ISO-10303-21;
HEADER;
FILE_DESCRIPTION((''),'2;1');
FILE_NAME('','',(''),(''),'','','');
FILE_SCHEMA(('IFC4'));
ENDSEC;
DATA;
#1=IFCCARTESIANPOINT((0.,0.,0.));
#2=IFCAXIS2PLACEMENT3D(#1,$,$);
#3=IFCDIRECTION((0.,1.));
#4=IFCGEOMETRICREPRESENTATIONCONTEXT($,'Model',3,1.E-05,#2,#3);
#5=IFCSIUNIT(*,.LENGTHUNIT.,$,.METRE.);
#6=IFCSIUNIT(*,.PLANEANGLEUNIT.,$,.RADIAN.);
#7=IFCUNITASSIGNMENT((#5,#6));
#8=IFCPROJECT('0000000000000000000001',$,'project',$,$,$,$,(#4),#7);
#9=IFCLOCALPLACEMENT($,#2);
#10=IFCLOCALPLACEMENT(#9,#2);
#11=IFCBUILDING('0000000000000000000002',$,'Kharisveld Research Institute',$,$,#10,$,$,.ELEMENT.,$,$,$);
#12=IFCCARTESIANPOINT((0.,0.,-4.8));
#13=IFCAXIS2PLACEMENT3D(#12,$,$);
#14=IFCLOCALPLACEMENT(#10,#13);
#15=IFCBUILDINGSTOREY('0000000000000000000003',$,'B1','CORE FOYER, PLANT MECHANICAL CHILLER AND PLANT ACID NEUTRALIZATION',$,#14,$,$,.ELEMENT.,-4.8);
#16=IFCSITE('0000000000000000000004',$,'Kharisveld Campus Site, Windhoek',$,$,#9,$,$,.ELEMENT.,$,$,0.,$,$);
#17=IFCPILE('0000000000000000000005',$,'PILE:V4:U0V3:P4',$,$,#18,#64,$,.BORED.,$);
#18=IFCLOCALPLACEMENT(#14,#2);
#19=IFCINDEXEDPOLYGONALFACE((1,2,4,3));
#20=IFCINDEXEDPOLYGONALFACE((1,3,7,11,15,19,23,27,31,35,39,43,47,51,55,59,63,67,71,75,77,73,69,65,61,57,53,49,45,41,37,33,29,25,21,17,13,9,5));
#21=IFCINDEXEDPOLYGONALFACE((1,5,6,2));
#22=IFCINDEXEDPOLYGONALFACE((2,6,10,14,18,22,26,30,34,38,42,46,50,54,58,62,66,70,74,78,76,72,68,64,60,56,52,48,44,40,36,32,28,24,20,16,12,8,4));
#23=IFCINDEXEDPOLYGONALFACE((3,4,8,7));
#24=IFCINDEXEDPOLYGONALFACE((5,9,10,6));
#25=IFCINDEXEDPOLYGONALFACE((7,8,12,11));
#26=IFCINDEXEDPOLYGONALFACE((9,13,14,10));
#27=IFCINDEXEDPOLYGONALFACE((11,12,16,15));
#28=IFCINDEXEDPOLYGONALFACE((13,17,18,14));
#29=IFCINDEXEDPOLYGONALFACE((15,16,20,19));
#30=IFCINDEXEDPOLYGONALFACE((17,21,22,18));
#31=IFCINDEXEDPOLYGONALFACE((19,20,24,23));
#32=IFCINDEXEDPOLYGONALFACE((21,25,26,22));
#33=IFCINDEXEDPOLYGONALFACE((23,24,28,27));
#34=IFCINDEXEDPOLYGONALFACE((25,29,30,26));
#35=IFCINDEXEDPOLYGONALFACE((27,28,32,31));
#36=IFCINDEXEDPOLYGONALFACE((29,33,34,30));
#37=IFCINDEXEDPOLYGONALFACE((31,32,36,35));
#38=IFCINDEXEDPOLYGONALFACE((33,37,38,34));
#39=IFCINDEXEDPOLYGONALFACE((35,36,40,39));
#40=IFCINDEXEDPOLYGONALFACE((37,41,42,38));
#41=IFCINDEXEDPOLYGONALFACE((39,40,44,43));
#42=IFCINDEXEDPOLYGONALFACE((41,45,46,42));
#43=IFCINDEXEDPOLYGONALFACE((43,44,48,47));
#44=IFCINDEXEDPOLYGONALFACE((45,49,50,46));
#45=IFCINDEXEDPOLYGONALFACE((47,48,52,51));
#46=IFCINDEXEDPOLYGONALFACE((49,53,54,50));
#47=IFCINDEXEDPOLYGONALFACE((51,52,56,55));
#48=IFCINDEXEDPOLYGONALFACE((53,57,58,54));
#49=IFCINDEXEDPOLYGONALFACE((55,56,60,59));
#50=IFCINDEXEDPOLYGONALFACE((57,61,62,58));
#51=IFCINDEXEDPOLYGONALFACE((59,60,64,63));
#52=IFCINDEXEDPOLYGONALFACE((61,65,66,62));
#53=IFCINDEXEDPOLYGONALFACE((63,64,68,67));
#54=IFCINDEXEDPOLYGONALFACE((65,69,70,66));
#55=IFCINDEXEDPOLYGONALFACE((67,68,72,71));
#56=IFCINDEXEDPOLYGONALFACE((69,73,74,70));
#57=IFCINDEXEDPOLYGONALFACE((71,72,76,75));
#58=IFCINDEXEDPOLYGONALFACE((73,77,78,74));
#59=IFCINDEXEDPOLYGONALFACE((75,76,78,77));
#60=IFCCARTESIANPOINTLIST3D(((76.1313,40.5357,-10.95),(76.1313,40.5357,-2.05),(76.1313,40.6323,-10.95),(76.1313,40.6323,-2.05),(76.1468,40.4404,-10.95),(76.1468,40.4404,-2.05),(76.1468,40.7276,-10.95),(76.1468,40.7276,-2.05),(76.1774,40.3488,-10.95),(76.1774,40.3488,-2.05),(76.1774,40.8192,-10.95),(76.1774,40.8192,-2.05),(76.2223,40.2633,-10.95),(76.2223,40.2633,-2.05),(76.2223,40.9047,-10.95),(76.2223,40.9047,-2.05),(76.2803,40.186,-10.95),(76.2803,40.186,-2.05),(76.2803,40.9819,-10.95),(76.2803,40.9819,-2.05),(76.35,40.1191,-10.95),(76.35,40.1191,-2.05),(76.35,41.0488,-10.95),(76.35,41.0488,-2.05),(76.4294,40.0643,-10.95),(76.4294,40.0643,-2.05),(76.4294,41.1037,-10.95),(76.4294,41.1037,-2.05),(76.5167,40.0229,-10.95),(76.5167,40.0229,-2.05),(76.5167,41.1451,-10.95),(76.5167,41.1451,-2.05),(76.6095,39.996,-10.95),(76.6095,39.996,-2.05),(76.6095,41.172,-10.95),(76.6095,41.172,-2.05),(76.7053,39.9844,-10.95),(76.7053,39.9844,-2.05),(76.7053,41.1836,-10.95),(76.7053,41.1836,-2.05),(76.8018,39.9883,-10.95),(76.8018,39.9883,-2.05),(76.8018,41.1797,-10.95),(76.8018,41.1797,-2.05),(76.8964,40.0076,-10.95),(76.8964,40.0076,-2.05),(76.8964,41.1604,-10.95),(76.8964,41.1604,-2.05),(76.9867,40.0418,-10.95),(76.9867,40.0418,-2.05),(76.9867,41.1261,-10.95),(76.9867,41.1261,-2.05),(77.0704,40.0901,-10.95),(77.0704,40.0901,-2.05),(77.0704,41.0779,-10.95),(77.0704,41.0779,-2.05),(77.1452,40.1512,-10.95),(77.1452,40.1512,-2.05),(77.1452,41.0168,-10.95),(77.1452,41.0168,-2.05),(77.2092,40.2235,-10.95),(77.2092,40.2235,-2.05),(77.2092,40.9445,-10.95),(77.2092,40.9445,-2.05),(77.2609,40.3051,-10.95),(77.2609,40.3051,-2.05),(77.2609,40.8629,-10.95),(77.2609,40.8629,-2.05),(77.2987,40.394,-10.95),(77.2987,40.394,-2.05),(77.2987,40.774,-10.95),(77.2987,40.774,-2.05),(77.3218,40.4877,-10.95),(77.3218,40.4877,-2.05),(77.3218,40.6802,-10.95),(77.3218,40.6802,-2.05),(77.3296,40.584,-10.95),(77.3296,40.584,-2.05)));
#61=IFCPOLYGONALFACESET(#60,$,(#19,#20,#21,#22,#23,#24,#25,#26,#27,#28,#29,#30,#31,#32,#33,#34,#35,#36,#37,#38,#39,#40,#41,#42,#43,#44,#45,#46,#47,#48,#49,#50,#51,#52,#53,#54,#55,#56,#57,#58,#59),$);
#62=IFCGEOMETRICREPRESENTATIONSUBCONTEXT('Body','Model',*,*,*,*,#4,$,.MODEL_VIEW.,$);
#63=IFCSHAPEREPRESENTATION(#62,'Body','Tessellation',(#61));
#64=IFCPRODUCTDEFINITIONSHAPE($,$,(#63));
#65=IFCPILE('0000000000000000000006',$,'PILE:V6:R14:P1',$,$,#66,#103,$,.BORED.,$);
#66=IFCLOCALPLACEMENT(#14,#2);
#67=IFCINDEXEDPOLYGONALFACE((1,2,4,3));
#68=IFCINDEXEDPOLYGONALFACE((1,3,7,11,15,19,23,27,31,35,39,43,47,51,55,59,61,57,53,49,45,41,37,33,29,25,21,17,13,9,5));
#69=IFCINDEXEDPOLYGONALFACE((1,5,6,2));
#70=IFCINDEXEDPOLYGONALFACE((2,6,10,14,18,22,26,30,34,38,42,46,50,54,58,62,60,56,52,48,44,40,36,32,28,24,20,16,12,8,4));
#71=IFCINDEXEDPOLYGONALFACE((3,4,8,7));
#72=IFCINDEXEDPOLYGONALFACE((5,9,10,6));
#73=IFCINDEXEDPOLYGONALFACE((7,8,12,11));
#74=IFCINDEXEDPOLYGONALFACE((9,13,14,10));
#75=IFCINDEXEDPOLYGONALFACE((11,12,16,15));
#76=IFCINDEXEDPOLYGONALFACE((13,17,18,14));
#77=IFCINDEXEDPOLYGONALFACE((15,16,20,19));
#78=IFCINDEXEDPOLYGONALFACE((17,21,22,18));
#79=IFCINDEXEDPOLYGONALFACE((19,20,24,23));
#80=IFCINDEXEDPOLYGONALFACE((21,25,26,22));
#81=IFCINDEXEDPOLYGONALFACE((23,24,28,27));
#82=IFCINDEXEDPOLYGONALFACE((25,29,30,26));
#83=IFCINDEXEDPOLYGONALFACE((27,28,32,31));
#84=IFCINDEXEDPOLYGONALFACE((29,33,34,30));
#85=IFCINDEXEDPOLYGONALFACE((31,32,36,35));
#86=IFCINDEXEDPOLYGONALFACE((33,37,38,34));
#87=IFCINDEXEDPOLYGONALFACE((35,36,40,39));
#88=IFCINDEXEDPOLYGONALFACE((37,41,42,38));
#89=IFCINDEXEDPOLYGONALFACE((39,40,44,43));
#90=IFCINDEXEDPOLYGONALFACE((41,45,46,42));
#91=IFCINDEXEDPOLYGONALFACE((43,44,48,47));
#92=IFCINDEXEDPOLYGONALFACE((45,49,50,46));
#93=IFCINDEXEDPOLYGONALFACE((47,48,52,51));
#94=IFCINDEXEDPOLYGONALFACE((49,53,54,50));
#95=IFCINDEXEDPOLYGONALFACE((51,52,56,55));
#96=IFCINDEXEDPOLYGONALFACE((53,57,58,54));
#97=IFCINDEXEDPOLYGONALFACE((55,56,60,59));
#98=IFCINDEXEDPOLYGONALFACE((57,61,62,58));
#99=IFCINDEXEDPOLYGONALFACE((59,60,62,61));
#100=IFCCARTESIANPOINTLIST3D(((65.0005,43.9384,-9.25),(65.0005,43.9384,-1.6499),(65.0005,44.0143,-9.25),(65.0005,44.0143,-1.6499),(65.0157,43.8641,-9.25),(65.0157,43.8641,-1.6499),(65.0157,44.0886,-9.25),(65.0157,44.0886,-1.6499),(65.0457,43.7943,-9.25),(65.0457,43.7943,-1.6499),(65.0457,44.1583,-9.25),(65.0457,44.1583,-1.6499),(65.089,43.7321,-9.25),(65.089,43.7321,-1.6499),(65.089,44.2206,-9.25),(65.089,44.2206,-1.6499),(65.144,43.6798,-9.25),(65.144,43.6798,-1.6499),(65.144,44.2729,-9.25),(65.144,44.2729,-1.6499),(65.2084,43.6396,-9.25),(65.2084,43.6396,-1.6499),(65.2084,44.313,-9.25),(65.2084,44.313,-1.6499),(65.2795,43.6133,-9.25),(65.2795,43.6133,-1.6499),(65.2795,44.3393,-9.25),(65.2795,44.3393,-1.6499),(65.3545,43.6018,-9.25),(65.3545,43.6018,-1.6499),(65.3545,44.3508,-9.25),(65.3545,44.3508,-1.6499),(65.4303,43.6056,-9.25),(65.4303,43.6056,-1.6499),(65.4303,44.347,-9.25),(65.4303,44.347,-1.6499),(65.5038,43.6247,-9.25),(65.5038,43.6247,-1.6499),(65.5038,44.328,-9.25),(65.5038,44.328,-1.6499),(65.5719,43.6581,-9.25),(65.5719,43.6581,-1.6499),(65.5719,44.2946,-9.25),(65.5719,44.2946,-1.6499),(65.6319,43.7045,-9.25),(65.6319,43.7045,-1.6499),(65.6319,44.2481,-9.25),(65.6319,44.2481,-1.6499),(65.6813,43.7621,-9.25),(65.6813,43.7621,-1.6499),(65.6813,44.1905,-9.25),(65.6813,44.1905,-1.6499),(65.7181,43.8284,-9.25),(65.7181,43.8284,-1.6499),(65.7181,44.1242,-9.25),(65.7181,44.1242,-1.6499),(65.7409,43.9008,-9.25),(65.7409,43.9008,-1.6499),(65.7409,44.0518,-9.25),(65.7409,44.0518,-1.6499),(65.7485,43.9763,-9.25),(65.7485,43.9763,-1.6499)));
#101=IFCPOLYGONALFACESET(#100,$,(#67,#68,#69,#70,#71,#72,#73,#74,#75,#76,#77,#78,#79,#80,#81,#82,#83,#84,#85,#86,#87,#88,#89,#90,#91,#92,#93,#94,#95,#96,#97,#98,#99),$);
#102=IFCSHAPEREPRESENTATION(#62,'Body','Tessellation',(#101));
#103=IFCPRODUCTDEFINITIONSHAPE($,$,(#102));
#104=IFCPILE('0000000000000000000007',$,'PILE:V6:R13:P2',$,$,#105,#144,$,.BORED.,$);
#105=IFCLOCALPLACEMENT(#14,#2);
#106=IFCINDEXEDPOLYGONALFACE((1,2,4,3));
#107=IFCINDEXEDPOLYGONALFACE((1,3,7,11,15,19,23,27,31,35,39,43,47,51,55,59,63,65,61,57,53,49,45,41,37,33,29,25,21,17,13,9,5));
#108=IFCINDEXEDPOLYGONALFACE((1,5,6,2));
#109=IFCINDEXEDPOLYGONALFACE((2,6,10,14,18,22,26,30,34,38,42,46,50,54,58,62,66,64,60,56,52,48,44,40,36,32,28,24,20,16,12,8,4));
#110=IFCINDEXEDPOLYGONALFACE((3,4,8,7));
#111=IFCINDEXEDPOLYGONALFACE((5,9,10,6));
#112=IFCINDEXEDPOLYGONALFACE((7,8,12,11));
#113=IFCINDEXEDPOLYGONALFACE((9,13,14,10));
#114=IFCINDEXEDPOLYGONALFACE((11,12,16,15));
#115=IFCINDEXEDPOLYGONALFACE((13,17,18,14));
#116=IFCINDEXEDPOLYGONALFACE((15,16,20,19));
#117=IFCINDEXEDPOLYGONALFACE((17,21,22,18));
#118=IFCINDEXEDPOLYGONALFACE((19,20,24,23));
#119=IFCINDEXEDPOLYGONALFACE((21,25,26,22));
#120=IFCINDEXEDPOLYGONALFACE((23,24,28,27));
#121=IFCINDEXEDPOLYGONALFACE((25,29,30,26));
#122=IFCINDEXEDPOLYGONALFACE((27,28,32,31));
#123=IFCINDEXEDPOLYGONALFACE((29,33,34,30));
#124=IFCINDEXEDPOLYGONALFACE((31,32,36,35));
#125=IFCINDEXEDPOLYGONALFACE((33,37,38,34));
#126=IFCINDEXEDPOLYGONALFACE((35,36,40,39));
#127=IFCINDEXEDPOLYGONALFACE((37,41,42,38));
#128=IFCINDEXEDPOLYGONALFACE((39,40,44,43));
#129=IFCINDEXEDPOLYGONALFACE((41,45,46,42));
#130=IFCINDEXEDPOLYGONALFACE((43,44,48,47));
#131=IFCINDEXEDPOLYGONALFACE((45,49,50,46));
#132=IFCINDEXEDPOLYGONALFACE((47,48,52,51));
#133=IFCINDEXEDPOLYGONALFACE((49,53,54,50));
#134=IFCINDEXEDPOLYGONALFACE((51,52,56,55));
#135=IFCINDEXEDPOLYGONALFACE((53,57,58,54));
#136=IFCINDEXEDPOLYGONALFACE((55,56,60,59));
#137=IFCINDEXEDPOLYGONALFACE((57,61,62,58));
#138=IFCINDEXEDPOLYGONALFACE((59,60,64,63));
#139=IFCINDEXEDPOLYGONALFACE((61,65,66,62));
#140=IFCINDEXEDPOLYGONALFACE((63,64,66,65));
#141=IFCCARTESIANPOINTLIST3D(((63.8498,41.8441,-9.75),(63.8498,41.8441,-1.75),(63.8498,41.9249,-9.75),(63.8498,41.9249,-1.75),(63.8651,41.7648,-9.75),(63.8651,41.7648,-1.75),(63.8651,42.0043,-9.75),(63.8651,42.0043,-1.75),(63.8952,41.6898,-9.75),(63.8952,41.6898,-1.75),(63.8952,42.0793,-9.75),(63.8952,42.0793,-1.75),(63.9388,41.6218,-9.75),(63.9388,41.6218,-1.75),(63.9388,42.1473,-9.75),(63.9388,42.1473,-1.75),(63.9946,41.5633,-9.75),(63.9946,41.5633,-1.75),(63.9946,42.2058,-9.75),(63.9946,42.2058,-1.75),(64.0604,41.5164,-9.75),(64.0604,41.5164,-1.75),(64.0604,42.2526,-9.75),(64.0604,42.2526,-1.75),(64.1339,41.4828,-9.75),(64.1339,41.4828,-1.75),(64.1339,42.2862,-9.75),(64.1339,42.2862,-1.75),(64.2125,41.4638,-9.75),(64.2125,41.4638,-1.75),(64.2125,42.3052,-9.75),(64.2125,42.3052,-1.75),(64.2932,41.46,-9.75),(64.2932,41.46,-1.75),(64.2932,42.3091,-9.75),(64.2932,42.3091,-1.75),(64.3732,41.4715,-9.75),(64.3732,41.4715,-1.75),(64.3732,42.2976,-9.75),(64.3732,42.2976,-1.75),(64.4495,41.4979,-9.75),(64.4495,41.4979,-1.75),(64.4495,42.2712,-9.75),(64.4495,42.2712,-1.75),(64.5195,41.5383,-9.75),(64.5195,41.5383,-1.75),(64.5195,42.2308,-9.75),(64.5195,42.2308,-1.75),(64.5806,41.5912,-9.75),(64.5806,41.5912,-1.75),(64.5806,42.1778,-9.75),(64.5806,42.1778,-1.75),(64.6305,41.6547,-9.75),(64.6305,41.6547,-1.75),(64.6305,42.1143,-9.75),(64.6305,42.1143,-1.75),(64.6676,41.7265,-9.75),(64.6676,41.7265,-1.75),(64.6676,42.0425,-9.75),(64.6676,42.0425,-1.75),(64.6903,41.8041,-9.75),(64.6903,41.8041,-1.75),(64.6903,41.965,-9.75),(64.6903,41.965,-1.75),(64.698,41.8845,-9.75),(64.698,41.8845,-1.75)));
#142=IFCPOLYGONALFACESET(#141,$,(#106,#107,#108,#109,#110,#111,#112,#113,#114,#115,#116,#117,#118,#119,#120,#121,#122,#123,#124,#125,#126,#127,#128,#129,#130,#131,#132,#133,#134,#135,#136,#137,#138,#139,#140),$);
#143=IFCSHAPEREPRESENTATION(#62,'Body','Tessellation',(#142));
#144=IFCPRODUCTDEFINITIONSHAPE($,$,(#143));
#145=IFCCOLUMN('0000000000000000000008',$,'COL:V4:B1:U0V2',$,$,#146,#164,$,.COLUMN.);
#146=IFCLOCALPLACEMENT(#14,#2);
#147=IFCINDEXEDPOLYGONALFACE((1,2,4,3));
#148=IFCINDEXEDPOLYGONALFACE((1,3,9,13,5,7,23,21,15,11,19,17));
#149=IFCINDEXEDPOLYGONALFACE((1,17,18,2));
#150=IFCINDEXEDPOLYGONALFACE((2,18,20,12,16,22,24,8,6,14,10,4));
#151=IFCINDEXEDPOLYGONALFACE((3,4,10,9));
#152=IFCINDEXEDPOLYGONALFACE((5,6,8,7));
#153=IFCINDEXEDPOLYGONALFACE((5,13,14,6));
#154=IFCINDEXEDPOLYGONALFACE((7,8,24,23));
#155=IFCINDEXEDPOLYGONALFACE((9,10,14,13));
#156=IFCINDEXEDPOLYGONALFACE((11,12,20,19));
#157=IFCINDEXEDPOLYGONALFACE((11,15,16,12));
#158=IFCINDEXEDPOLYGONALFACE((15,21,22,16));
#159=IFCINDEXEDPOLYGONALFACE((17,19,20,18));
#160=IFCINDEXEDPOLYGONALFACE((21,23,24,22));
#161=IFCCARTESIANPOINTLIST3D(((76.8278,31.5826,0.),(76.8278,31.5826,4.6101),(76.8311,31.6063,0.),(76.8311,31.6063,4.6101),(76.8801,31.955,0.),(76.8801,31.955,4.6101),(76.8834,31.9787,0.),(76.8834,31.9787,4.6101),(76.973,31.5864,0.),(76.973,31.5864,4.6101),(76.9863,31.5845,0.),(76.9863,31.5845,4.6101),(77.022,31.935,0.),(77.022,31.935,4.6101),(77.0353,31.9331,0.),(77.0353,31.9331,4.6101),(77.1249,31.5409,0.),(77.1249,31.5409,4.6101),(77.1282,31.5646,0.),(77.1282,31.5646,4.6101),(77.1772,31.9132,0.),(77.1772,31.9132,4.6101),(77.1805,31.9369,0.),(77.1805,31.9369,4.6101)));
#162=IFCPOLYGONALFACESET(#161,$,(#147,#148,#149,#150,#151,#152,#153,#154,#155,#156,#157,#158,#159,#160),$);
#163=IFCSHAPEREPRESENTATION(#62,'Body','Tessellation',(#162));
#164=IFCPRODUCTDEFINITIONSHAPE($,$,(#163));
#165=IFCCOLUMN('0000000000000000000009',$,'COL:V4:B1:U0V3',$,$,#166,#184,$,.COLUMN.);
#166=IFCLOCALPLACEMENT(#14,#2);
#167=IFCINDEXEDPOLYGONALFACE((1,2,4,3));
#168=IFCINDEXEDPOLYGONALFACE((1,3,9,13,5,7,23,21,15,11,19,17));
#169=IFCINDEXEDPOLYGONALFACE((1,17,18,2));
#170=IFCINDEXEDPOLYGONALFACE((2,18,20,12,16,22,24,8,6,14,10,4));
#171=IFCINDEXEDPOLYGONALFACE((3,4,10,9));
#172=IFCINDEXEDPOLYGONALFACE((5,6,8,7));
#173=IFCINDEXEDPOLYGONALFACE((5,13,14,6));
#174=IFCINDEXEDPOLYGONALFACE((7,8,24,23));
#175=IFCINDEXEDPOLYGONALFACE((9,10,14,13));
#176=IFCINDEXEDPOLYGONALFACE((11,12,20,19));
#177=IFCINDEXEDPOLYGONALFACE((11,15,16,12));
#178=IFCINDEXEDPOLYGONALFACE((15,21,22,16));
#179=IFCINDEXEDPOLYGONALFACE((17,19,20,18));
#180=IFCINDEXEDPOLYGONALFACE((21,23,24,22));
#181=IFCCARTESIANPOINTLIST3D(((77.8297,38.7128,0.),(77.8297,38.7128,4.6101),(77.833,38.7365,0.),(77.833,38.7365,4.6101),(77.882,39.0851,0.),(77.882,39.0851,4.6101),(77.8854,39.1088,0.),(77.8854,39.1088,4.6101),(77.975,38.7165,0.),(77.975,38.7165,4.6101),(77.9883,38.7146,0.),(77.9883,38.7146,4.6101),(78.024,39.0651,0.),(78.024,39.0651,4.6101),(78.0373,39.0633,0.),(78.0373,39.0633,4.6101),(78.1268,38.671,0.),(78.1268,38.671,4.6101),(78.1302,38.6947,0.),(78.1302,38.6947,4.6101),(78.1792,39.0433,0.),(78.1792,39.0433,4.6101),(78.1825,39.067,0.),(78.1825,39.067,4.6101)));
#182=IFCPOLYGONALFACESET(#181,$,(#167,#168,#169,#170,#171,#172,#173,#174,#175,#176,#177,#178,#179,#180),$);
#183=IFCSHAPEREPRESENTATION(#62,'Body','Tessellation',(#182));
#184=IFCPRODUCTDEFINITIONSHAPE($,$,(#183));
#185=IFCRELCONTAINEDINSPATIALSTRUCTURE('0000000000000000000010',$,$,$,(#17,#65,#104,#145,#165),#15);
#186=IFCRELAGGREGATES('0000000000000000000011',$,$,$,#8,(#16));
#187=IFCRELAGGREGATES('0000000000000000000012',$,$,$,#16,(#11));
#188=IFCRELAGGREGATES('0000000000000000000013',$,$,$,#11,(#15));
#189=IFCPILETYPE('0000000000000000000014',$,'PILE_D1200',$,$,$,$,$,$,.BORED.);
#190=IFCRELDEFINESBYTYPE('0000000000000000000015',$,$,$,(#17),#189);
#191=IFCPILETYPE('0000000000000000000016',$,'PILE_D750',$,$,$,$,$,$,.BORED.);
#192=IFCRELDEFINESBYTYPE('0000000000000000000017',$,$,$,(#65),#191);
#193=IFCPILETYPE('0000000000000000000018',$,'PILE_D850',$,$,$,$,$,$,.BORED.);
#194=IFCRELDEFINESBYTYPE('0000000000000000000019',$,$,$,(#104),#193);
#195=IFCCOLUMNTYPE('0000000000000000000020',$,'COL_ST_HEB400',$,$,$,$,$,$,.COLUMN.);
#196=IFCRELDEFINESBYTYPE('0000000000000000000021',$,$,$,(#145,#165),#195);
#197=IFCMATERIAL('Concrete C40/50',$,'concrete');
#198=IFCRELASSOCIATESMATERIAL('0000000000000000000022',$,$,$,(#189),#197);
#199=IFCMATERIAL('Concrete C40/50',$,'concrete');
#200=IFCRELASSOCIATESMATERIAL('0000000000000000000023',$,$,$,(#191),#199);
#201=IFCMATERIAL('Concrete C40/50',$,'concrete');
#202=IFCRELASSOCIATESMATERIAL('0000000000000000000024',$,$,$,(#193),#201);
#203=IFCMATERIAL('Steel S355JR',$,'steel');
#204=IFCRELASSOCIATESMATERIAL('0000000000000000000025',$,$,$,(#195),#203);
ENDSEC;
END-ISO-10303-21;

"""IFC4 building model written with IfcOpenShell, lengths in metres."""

from ifc_helpers import new_model, si_unit, direction, frame, origin, origin_2d, place, context, subcontext, project, spatial, circle, i_section, extrude, material, material_profile, profile_set, type_object, element, save


model = new_model("IFC4")

# Units and contexts
model_context = context("Model", 3, precision=1e-05, world=origin(), true_north=direction((0.0, 1.0)))
body_context = subcontext(model_context, "Body", "Model", "MODEL_VIEW")
ifc_project = project(units=[si_unit("LENGTHUNIT", "METRE"), si_unit("PLANEANGLEUNIT", "RADIAN")], contexts=[model_context])

# Site, building, storey
site_placement = place(None, origin())
site = spatial("IfcSite", under=ifc_project, at=site_placement, Name="Kharisveld Campus Site, Windhoek", CompositionType="ELEMENT", RefElevation=0.0)
building_placement = place(site_placement, origin())
building = spatial("IfcBuilding", under=site, at=building_placement, Name="Kharisveld Research Institute", CompositionType="ELEMENT")
storey_placement = place(building_placement, frame((0.0, 0.0, -4.8)))
storey = spatial("IfcBuildingStorey", under=building, at=storey_placement, Name="B1", Description="CORE FOYER, PLANT MECHANICAL CHILLER AND PLANT ACID NEUTRALIZATION", CompositionType="ELEMENT", Elevation=-4.8)

# Piles
ifc_material_1 = material(Name="Concrete C40/50", Category="concrete")
ifc_material_profile_1 = material_profile(ifc_material_1, circle(Radius=0.6001, at=origin_2d()))
ifc_profile_set_1 = profile_set([ifc_material_profile_1], Name="Concrete C40/50")
pile_type_1 = type_object("IfcPileType", Name="PILE_D1200", PredefinedType="BORED", material=ifc_profile_set_1)
for number, where, z_axis, x_axis, name in (
    (1, (76.7295, 40.584, -2.05), (0.0, 0.0, -1.0), (1.0, 0.0, 0.0), "PILE:V4:U0V3:P4"),
):
    element("IfcPile", number, at=place(storey_placement, frame(where, z_axis=z_axis, x_axis=x_axis)), inside=storey, type_object=pile_type_1, Name=name, PredefinedType="BORED", context=body_context, shape_type="SweptSolid", body=[
        extrude(circle(Radius=0.6001, at=origin_2d()), origin(), (0.0, 0.0, 1.0), 8.8999),
    ])
ifc_material_2 = material(Name="Concrete C40/50", Category="concrete")
ifc_material_profile_2 = material_profile(ifc_material_2, circle(Radius=0.375, at=origin_2d()))
ifc_profile_set_2 = profile_set([ifc_material_profile_2], Name="Concrete C40/50")
pile_type_2 = type_object("IfcPileType", Name="PILE_D750", PredefinedType="BORED", material=ifc_profile_set_2)
pile_1_placement = place(storey_placement, frame((65.3735, 43.9763, -1.6499), z_axis=(0.0, 0.0, -1.0), x_axis=(1.0, 0.0, 0.0)))
element("IfcPile", 2, at=pile_1_placement, inside=storey, type_object=pile_type_2, Name="PILE:V6:R14:P1", PredefinedType="BORED", context=body_context, shape_type="SweptSolid", body=[
    extrude(circle(Radius=0.375, at=origin_2d()), origin(), (0.0, 0.0, 1.0), 7.6001),
])
ifc_material_3 = material(Name="Concrete C40/50", Category="concrete")
ifc_material_profile_3 = material_profile(ifc_material_3, circle(Radius=0.425, at=origin_2d()))
ifc_profile_set_3 = profile_set([ifc_material_profile_3], Name="Concrete C40/50")
pile_type_3 = type_object("IfcPileType", Name="PILE_D850", PredefinedType="BORED", material=ifc_profile_set_3)
pile_2_placement = place(storey_placement, frame((64.2729, 41.8845, -1.75), z_axis=(0.0, 0.0, -1.0), x_axis=(1.0, 0.0, 0.0)))
element("IfcPile", 3, at=pile_2_placement, inside=storey, type_object=pile_type_3, Name="PILE:V6:R13:P2", PredefinedType="BORED", context=body_context, shape_type="SweptSolid", body=[
    extrude(circle(Radius=0.425, at=origin_2d()), origin(), (0.0, 0.0, 1.0), 8.0),
])

# Columns
ifc_material_4 = material(Name="Steel S355JR", Category="steel")
ifc_material_profile_4 = material_profile(ifc_material_4, i_section(OverallWidth=0.3, OverallDepth=0.3999, WebThickness=0.0134, FlangeThickness=0.0239, at=origin_2d()))
ifc_profile_set_4 = profile_set([ifc_material_profile_4], Name="Steel S355JR")
column_type_1 = type_object("IfcColumnType", Name="COL_ST_HEB400", PredefinedType="COLUMN", material=ifc_profile_set_4)
for number, where, z_axis, x_axis, name in (
    (4, (77.0042, 31.7598, 0.0), (0.0, 0.0, 1.0), (0.990268, -0.139173, 0.0), "COL:V4:B1:U0V2"),
    (5, (78.0061, 38.8899, 0.0), (0.0, 0.0, 1.0), (0.990268, -0.139173, 0.0), "COL:V4:B1:U0V3"),
):
    element("IfcColumn", number, at=place(storey_placement, frame(where, z_axis=z_axis, x_axis=x_axis)), inside=storey, type_object=column_type_1, Name=name, PredefinedType="COLUMN", context=body_context, shape_type="SweptSolid", body=[
        extrude(i_section(OverallWidth=0.3, OverallDepth=0.3999, WebThickness=0.0134, FlangeThickness=0.0239, at=origin_2d()), origin(), (0.0, 0.0, 1.0), 4.6101),
    ])

save(model, "model.ifc")
